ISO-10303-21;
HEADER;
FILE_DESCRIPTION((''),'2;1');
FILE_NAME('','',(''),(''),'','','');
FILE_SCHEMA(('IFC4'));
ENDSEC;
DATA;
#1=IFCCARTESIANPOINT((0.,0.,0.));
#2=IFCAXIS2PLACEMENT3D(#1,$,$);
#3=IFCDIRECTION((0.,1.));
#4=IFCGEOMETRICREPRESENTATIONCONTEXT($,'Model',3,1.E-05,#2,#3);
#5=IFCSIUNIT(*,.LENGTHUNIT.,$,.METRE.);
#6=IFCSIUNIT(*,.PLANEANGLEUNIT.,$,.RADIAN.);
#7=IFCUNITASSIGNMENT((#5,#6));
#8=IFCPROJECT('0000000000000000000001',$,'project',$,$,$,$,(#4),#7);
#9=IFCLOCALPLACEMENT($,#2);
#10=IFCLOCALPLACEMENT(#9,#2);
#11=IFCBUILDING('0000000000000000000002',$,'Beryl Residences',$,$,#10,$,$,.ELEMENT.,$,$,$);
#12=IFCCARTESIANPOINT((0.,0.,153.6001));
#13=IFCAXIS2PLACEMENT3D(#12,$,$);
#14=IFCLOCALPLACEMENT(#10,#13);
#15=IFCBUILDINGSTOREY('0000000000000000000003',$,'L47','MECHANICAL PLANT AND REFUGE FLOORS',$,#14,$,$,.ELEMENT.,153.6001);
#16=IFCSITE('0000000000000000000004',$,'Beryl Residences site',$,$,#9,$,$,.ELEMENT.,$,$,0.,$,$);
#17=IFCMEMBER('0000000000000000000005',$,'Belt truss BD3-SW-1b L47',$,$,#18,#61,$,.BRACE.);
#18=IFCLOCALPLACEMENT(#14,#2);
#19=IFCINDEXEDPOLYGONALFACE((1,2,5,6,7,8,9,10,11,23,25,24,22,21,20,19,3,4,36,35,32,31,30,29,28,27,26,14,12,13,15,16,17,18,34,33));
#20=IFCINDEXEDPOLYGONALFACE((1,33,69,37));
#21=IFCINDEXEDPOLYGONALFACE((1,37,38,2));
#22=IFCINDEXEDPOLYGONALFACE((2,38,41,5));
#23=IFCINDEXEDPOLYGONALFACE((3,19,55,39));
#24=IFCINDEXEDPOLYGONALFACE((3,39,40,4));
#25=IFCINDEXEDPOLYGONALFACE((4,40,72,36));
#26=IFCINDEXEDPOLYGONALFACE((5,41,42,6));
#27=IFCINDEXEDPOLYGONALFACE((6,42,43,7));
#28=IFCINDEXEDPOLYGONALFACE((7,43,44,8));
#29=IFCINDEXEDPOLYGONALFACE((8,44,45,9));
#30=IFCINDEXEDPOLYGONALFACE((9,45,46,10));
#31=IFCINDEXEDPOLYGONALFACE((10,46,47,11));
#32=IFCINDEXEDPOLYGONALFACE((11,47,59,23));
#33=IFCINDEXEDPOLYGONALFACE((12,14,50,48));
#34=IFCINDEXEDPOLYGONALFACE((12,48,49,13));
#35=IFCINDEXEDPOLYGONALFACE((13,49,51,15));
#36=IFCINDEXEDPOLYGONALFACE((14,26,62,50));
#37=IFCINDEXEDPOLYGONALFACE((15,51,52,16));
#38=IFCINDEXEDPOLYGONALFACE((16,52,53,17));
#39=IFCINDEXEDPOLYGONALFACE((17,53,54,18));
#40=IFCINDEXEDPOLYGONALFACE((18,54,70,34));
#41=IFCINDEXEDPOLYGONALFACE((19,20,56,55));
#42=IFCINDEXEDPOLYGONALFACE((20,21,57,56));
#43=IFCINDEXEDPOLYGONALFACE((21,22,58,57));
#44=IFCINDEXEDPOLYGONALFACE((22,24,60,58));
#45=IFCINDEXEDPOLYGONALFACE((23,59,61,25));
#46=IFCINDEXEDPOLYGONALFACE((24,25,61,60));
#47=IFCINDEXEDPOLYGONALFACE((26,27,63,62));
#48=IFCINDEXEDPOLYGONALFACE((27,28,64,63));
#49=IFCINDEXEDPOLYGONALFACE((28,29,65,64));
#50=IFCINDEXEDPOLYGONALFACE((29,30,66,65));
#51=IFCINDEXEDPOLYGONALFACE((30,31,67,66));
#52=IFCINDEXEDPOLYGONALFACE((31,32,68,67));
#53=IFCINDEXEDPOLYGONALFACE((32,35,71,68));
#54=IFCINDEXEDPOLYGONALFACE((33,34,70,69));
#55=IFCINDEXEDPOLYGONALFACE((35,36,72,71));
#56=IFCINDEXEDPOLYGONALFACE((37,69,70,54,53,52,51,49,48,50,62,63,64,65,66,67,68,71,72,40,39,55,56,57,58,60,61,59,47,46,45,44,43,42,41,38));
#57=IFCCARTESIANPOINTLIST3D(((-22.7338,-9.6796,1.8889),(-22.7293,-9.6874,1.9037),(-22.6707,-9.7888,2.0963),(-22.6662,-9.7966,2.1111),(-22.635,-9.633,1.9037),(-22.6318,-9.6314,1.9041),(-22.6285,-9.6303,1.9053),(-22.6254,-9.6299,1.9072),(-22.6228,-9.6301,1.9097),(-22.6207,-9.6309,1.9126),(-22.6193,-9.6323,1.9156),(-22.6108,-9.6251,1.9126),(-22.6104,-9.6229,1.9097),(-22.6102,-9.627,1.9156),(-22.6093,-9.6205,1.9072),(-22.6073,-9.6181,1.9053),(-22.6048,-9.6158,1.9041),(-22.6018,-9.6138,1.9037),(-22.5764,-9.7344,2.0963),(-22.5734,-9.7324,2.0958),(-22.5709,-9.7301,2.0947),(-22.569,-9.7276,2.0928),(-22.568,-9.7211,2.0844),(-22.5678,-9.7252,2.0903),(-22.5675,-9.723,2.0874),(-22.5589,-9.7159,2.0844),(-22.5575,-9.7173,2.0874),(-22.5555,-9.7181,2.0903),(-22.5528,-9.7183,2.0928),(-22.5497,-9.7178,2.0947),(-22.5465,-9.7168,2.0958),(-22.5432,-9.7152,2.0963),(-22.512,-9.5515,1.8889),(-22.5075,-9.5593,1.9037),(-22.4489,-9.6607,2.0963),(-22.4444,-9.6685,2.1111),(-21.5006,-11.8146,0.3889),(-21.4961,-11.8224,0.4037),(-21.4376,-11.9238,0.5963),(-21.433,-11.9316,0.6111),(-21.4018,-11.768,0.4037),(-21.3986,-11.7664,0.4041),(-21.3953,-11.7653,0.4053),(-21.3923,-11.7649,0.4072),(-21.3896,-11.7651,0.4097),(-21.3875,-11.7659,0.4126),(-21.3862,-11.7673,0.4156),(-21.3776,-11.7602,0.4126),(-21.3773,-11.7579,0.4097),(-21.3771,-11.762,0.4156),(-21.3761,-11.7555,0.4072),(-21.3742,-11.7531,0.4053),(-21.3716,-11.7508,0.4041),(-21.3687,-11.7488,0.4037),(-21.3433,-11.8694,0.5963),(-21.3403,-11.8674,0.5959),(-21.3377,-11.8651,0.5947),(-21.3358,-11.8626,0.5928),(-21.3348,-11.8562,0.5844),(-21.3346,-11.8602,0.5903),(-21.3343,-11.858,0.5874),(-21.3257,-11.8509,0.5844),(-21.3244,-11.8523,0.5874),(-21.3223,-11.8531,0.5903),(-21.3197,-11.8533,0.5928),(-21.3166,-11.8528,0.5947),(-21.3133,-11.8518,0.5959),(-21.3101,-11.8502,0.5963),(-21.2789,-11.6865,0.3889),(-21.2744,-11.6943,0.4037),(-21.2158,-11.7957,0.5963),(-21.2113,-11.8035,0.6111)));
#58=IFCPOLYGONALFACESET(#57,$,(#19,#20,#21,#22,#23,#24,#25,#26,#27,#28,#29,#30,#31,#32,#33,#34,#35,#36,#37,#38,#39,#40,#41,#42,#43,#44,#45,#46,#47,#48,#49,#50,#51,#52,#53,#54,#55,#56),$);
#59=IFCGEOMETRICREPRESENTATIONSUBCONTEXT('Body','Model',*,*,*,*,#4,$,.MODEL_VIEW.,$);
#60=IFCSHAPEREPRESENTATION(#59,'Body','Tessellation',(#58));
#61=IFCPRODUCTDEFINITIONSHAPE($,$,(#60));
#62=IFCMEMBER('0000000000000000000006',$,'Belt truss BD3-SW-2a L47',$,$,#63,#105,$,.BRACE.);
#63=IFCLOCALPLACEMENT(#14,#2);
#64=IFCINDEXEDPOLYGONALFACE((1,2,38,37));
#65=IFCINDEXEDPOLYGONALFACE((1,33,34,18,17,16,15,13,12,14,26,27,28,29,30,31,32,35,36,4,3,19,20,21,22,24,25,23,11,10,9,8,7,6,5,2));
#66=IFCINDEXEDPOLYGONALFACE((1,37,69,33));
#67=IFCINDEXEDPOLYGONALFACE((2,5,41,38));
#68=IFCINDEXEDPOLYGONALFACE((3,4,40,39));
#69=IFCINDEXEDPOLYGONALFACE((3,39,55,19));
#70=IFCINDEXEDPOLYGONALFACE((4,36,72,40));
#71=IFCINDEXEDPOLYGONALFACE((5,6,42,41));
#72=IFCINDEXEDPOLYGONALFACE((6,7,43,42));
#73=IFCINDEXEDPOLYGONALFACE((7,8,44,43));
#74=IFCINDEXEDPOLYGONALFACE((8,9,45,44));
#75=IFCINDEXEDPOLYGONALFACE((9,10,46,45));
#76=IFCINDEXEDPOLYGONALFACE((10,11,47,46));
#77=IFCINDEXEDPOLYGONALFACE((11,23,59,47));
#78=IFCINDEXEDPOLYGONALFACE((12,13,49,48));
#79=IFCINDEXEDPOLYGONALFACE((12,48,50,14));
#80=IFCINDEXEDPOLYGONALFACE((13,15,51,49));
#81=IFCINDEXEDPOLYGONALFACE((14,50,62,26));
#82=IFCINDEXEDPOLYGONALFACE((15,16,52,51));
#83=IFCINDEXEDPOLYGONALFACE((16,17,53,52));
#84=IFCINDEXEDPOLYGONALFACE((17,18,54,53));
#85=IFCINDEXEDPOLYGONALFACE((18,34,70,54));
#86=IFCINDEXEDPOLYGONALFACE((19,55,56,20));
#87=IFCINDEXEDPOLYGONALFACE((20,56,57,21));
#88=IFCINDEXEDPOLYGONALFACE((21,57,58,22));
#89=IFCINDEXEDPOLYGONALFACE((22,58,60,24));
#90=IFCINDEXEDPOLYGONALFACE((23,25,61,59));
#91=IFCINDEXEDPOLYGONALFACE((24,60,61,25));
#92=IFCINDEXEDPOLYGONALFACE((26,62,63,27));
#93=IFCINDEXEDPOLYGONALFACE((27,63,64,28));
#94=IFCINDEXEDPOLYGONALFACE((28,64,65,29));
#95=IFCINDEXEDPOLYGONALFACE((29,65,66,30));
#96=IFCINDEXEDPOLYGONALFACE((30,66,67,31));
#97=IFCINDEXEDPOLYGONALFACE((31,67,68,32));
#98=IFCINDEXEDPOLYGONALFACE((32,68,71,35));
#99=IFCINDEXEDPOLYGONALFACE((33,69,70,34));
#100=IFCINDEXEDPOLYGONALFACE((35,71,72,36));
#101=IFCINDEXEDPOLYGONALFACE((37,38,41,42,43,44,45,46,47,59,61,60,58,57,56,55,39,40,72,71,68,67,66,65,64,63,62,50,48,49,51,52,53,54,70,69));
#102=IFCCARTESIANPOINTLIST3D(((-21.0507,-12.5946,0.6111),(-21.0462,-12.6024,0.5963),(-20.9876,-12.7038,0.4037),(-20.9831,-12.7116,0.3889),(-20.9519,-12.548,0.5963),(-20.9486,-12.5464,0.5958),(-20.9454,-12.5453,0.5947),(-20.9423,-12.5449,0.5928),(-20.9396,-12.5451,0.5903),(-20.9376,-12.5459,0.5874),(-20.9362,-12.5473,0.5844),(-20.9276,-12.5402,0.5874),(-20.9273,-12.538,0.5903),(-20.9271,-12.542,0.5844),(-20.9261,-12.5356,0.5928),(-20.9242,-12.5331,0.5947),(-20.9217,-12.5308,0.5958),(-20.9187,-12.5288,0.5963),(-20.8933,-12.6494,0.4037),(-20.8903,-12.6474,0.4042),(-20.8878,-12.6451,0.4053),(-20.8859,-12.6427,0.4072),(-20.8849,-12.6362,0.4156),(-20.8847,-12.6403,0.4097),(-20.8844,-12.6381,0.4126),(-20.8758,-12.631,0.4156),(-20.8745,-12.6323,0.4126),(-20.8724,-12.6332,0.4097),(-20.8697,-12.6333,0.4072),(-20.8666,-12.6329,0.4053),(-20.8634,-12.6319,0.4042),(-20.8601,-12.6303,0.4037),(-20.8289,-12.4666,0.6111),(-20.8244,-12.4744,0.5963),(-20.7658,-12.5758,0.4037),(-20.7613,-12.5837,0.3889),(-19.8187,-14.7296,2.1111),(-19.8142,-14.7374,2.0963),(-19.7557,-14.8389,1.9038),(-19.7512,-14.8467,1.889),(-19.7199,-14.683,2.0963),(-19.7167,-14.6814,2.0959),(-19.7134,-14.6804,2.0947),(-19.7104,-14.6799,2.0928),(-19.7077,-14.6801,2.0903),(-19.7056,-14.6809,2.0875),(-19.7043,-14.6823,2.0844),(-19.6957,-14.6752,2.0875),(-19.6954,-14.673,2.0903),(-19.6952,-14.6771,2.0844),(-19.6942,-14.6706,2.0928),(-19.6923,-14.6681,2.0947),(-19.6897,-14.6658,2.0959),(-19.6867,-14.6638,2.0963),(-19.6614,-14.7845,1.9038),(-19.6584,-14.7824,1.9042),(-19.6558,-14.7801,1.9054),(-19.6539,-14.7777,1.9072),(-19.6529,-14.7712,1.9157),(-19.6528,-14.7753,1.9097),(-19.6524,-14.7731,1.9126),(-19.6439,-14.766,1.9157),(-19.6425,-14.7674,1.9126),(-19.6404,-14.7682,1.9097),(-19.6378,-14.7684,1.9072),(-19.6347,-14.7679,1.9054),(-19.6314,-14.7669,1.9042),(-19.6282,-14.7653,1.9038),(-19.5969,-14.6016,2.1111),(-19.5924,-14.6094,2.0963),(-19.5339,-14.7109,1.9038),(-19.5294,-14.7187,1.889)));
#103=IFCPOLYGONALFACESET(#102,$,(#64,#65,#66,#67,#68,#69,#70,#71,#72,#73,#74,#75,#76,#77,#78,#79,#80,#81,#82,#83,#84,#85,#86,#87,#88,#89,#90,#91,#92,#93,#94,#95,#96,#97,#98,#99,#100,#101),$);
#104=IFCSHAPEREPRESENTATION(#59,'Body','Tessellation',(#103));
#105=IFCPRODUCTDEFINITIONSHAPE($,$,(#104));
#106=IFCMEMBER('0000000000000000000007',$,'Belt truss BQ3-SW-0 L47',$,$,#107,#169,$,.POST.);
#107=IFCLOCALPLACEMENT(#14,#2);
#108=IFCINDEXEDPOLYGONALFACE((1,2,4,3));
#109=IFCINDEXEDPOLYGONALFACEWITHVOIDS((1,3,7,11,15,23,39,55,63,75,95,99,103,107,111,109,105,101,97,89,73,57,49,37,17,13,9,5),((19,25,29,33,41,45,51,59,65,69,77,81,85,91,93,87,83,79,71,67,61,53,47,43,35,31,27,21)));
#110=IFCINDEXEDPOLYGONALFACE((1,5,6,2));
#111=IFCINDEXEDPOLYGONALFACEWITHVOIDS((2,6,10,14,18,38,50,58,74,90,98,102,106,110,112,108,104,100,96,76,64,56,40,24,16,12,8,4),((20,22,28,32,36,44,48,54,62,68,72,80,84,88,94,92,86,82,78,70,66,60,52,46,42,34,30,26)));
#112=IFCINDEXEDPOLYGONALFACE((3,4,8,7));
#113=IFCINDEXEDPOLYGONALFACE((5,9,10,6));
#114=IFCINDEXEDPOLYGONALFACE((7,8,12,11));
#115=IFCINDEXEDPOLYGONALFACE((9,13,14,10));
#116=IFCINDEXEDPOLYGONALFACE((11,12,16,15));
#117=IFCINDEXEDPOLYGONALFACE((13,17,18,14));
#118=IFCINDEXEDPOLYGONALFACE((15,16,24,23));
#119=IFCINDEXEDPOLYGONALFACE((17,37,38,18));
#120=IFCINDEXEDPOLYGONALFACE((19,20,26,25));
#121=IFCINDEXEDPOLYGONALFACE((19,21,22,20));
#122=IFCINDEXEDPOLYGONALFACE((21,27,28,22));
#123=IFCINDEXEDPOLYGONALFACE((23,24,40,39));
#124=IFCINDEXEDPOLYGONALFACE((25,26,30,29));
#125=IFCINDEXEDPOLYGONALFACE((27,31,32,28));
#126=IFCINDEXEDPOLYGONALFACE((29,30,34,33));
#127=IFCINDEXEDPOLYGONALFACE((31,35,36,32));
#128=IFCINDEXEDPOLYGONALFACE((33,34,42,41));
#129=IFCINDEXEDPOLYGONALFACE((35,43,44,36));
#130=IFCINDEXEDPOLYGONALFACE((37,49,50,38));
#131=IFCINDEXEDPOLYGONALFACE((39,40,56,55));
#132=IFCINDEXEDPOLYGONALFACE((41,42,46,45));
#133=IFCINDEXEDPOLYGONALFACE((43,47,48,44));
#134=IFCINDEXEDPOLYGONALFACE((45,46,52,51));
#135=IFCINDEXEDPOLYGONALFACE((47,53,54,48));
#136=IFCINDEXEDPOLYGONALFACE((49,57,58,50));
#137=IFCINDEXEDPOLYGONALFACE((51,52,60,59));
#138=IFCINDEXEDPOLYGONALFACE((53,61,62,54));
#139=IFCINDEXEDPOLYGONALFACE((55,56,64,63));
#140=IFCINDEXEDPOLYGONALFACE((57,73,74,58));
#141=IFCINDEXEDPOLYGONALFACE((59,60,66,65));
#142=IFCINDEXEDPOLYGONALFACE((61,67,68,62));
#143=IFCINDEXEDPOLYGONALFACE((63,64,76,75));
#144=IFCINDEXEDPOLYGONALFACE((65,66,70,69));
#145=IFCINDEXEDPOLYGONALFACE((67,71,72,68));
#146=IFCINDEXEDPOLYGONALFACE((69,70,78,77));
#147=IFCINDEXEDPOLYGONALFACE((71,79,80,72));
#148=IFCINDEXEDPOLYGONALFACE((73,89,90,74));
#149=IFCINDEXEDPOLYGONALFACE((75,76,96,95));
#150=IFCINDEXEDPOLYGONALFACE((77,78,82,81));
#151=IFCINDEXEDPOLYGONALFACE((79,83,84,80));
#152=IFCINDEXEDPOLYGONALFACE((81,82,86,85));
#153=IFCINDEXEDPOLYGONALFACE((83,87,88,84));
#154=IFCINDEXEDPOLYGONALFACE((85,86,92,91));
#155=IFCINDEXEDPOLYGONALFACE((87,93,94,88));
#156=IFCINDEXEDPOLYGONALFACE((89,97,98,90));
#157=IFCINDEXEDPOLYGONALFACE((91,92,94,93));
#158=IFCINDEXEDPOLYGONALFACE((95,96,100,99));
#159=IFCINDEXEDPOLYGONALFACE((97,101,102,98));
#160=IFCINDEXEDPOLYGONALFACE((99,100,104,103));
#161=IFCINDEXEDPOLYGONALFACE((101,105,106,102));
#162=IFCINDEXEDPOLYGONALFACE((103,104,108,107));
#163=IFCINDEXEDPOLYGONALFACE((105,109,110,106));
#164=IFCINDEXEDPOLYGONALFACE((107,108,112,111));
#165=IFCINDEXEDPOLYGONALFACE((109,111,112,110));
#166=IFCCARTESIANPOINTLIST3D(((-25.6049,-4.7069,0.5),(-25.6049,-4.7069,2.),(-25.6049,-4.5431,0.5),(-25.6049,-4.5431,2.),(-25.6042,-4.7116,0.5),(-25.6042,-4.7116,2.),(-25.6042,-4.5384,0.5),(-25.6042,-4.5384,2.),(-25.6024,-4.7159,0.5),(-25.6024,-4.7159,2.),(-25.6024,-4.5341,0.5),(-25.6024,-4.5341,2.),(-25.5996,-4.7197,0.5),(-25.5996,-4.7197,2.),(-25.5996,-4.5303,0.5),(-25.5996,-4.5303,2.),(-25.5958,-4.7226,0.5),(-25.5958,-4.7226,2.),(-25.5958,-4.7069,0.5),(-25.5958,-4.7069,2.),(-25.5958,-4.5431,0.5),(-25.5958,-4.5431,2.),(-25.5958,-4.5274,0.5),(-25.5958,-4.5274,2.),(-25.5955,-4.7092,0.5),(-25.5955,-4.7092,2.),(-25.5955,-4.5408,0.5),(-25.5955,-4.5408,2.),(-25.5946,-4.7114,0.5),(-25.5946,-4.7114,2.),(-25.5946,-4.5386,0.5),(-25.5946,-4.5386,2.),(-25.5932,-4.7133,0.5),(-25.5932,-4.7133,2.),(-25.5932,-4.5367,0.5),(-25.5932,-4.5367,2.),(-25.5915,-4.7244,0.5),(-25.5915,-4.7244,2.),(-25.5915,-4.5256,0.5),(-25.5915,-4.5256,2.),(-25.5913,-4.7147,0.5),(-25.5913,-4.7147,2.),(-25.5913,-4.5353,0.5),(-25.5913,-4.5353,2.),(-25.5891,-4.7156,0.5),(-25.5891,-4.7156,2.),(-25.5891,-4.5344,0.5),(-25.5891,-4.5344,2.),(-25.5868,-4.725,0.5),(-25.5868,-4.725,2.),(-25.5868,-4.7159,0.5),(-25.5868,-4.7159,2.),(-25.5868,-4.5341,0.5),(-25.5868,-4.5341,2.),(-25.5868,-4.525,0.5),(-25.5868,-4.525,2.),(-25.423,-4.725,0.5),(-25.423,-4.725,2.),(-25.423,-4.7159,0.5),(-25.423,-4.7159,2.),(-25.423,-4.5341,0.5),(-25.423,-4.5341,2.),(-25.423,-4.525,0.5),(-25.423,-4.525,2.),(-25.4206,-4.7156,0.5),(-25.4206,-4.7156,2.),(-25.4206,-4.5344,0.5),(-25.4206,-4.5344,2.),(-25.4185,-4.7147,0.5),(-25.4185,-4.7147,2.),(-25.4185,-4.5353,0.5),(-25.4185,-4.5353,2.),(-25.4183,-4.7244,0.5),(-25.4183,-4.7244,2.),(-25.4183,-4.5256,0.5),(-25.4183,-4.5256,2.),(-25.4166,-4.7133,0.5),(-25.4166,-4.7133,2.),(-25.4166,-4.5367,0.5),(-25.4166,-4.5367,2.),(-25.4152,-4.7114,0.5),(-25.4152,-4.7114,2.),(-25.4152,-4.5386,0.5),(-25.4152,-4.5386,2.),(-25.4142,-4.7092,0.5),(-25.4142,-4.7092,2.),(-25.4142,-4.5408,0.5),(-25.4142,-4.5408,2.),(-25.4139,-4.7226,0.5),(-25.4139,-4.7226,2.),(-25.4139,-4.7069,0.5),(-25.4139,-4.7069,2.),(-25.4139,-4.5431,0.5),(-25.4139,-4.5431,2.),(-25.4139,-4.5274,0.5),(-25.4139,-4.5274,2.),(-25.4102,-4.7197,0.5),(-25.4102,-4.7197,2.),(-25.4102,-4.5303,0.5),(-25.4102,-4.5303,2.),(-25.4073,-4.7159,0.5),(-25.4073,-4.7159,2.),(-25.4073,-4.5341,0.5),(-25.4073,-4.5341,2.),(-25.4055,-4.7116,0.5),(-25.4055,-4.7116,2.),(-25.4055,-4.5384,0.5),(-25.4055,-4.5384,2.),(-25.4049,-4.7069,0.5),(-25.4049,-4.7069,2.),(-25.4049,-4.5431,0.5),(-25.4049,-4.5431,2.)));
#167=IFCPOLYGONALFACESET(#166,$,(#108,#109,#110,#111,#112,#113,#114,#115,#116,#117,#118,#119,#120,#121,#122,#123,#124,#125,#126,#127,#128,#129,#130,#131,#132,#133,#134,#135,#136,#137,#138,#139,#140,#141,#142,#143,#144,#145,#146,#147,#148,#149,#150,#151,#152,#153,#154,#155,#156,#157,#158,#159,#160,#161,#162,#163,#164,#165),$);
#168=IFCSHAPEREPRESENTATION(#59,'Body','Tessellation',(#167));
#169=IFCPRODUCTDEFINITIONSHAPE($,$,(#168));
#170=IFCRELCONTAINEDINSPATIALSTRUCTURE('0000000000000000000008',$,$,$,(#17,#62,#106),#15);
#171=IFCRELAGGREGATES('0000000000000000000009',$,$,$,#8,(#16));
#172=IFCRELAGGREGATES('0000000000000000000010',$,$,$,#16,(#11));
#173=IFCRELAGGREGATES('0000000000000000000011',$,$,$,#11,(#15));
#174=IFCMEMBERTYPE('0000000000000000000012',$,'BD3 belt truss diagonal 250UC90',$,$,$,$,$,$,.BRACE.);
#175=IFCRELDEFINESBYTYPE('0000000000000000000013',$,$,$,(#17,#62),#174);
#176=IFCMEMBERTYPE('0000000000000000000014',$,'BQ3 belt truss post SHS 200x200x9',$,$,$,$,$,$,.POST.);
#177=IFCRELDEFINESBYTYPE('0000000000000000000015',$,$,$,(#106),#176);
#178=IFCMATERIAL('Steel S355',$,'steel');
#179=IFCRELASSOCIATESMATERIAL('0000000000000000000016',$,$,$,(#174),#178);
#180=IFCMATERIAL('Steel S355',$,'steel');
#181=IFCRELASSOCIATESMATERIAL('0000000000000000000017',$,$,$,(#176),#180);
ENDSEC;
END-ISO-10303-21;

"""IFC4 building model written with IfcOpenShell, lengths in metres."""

from ifc_helpers import new_model, si_unit, direction, frame, origin, origin_2d, place, context, subcontext, project, spatial, hollow_rectangle, i_section, extrude, material, material_profile, profile_set, type_object, element, save


model = new_model("IFC4")

# Units and contexts
model_context = context("Model", 3, precision=1e-05, world=origin(), true_north=direction((0.0, 1.0)))
body_context = subcontext(model_context, "Body", "Model", "MODEL_VIEW")
ifc_project = project(units=[si_unit("LENGTHUNIT", "METRE"), si_unit("PLANEANGLEUNIT", "RADIAN")], contexts=[model_context])

# Site, building, storey
site_placement = place(None, origin())
site = spatial("IfcSite", under=ifc_project, at=site_placement, Name="Beryl Residences site", CompositionType="ELEMENT", RefElevation=0.0)
building_placement = place(site_placement, origin())
building = spatial("IfcBuilding", under=site, at=building_placement, Name="Beryl Residences", CompositionType="ELEMENT")
storey_placement = place(building_placement, frame((0.0, 0.0, 153.6001)))
storey = spatial("IfcBuildingStorey", under=building, at=storey_placement, Name="L47", Description="MECHANICAL PLANT AND REFUGE FLOORS", CompositionType="ELEMENT", Elevation=153.6001)

# Members
ifc_material_1 = material(Name="Steel S355", Category="steel")
ifc_material_profile_1 = material_profile(ifc_material_1, i_section(OverallWidth=0.2561, OverallDepth=0.26, WebThickness=0.0105, FlangeThickness=0.0173, FilletRadius=0.0139, at=origin_2d()))
ifc_profile_set_1 = profile_set([ifc_material_profile_1], Name="Steel S355")
member_type_1 = type_object("IfcMemberType", Name="BD3 belt truss diagonal 250UC90", PredefinedType="BRACE", material=ifc_profile_set_1)
for number, where, z_axis, x_axis, name in (
    (1, (-21.356, -11.8091, 0.5), (-0.42729, 0.739784, 0.519752), (-0.865937, -0.500154, 0.0), "Belt truss BD3-SW-1b L47"),
):
    element("IfcMember", number, at=place(storey_placement, frame(where, z_axis=z_axis, x_axis=x_axis)), inside=storey, type_object=member_type_1, Name=name, PredefinedType="BRACE", context=body_context, shape_type="SweptSolid", body=[
        extrude(i_section(OverallWidth=0.2561, OverallDepth=0.26, WebThickness=0.0105, FlangeThickness=0.0173, FilletRadius=0.0139, at=origin_2d()), origin(), (0.0, 0.0, 1.0), 2.886),
    ])
member_1_placement = place(storey_placement, frame((-20.906, -12.5891, 0.5), z_axis=(0.426944, -0.739918, 0.519846), x_axis=(0.866151, 0.499782, 0.0)))
element("IfcMember", 2, at=member_1_placement, inside=storey, type_object=member_type_1, Name="Belt truss BD3-SW-2a L47", PredefinedType="BRACE", context=body_context, shape_type="SweptSolid", body=[
    extrude(i_section(OverallWidth=0.2561, OverallDepth=0.26, WebThickness=0.0105, FlangeThickness=0.0173, FilletRadius=0.0139, at=origin_2d()), origin(), (0.0, 0.0, 1.0), 2.8855),
])
ifc_material_2 = material(Name="Steel S355", Category="steel")
ifc_material_profile_2 = material_profile(ifc_material_2, hollow_rectangle(XDim=0.2, YDim=0.2, WallThickness=0.009, InnerFilletRadius=0.009, OuterFilletRadius=0.0181, at=origin_2d()))
ifc_profile_set_2 = profile_set([ifc_material_profile_2], Name="Steel S355")
member_type_2 = type_object("IfcMemberType", Name="BQ3 belt truss post SHS 200x200x9", PredefinedType="POST", material=ifc_profile_set_2)
for number, where, z_axis, x_axis, name in (
    (3, (-25.5049, -4.625, 0.5), (0.0, 0.0, 1.0), (1.0, 0.0, 0.0), "Belt truss BQ3-SW-0 L47"),
):
    element("IfcMember", number, at=place(storey_placement, frame(where, z_axis=z_axis, x_axis=x_axis)), inside=storey, type_object=member_type_2, Name=name, PredefinedType="POST", context=body_context, shape_type="SweptSolid", body=[
        extrude(hollow_rectangle(XDim=0.2, YDim=0.2, WallThickness=0.009, InnerFilletRadius=0.009, OuterFilletRadius=0.0181, at=origin_2d()), origin(), (0.0, 0.0, 1.0), 1.5),
    ])

save(model, "model.ifc")
